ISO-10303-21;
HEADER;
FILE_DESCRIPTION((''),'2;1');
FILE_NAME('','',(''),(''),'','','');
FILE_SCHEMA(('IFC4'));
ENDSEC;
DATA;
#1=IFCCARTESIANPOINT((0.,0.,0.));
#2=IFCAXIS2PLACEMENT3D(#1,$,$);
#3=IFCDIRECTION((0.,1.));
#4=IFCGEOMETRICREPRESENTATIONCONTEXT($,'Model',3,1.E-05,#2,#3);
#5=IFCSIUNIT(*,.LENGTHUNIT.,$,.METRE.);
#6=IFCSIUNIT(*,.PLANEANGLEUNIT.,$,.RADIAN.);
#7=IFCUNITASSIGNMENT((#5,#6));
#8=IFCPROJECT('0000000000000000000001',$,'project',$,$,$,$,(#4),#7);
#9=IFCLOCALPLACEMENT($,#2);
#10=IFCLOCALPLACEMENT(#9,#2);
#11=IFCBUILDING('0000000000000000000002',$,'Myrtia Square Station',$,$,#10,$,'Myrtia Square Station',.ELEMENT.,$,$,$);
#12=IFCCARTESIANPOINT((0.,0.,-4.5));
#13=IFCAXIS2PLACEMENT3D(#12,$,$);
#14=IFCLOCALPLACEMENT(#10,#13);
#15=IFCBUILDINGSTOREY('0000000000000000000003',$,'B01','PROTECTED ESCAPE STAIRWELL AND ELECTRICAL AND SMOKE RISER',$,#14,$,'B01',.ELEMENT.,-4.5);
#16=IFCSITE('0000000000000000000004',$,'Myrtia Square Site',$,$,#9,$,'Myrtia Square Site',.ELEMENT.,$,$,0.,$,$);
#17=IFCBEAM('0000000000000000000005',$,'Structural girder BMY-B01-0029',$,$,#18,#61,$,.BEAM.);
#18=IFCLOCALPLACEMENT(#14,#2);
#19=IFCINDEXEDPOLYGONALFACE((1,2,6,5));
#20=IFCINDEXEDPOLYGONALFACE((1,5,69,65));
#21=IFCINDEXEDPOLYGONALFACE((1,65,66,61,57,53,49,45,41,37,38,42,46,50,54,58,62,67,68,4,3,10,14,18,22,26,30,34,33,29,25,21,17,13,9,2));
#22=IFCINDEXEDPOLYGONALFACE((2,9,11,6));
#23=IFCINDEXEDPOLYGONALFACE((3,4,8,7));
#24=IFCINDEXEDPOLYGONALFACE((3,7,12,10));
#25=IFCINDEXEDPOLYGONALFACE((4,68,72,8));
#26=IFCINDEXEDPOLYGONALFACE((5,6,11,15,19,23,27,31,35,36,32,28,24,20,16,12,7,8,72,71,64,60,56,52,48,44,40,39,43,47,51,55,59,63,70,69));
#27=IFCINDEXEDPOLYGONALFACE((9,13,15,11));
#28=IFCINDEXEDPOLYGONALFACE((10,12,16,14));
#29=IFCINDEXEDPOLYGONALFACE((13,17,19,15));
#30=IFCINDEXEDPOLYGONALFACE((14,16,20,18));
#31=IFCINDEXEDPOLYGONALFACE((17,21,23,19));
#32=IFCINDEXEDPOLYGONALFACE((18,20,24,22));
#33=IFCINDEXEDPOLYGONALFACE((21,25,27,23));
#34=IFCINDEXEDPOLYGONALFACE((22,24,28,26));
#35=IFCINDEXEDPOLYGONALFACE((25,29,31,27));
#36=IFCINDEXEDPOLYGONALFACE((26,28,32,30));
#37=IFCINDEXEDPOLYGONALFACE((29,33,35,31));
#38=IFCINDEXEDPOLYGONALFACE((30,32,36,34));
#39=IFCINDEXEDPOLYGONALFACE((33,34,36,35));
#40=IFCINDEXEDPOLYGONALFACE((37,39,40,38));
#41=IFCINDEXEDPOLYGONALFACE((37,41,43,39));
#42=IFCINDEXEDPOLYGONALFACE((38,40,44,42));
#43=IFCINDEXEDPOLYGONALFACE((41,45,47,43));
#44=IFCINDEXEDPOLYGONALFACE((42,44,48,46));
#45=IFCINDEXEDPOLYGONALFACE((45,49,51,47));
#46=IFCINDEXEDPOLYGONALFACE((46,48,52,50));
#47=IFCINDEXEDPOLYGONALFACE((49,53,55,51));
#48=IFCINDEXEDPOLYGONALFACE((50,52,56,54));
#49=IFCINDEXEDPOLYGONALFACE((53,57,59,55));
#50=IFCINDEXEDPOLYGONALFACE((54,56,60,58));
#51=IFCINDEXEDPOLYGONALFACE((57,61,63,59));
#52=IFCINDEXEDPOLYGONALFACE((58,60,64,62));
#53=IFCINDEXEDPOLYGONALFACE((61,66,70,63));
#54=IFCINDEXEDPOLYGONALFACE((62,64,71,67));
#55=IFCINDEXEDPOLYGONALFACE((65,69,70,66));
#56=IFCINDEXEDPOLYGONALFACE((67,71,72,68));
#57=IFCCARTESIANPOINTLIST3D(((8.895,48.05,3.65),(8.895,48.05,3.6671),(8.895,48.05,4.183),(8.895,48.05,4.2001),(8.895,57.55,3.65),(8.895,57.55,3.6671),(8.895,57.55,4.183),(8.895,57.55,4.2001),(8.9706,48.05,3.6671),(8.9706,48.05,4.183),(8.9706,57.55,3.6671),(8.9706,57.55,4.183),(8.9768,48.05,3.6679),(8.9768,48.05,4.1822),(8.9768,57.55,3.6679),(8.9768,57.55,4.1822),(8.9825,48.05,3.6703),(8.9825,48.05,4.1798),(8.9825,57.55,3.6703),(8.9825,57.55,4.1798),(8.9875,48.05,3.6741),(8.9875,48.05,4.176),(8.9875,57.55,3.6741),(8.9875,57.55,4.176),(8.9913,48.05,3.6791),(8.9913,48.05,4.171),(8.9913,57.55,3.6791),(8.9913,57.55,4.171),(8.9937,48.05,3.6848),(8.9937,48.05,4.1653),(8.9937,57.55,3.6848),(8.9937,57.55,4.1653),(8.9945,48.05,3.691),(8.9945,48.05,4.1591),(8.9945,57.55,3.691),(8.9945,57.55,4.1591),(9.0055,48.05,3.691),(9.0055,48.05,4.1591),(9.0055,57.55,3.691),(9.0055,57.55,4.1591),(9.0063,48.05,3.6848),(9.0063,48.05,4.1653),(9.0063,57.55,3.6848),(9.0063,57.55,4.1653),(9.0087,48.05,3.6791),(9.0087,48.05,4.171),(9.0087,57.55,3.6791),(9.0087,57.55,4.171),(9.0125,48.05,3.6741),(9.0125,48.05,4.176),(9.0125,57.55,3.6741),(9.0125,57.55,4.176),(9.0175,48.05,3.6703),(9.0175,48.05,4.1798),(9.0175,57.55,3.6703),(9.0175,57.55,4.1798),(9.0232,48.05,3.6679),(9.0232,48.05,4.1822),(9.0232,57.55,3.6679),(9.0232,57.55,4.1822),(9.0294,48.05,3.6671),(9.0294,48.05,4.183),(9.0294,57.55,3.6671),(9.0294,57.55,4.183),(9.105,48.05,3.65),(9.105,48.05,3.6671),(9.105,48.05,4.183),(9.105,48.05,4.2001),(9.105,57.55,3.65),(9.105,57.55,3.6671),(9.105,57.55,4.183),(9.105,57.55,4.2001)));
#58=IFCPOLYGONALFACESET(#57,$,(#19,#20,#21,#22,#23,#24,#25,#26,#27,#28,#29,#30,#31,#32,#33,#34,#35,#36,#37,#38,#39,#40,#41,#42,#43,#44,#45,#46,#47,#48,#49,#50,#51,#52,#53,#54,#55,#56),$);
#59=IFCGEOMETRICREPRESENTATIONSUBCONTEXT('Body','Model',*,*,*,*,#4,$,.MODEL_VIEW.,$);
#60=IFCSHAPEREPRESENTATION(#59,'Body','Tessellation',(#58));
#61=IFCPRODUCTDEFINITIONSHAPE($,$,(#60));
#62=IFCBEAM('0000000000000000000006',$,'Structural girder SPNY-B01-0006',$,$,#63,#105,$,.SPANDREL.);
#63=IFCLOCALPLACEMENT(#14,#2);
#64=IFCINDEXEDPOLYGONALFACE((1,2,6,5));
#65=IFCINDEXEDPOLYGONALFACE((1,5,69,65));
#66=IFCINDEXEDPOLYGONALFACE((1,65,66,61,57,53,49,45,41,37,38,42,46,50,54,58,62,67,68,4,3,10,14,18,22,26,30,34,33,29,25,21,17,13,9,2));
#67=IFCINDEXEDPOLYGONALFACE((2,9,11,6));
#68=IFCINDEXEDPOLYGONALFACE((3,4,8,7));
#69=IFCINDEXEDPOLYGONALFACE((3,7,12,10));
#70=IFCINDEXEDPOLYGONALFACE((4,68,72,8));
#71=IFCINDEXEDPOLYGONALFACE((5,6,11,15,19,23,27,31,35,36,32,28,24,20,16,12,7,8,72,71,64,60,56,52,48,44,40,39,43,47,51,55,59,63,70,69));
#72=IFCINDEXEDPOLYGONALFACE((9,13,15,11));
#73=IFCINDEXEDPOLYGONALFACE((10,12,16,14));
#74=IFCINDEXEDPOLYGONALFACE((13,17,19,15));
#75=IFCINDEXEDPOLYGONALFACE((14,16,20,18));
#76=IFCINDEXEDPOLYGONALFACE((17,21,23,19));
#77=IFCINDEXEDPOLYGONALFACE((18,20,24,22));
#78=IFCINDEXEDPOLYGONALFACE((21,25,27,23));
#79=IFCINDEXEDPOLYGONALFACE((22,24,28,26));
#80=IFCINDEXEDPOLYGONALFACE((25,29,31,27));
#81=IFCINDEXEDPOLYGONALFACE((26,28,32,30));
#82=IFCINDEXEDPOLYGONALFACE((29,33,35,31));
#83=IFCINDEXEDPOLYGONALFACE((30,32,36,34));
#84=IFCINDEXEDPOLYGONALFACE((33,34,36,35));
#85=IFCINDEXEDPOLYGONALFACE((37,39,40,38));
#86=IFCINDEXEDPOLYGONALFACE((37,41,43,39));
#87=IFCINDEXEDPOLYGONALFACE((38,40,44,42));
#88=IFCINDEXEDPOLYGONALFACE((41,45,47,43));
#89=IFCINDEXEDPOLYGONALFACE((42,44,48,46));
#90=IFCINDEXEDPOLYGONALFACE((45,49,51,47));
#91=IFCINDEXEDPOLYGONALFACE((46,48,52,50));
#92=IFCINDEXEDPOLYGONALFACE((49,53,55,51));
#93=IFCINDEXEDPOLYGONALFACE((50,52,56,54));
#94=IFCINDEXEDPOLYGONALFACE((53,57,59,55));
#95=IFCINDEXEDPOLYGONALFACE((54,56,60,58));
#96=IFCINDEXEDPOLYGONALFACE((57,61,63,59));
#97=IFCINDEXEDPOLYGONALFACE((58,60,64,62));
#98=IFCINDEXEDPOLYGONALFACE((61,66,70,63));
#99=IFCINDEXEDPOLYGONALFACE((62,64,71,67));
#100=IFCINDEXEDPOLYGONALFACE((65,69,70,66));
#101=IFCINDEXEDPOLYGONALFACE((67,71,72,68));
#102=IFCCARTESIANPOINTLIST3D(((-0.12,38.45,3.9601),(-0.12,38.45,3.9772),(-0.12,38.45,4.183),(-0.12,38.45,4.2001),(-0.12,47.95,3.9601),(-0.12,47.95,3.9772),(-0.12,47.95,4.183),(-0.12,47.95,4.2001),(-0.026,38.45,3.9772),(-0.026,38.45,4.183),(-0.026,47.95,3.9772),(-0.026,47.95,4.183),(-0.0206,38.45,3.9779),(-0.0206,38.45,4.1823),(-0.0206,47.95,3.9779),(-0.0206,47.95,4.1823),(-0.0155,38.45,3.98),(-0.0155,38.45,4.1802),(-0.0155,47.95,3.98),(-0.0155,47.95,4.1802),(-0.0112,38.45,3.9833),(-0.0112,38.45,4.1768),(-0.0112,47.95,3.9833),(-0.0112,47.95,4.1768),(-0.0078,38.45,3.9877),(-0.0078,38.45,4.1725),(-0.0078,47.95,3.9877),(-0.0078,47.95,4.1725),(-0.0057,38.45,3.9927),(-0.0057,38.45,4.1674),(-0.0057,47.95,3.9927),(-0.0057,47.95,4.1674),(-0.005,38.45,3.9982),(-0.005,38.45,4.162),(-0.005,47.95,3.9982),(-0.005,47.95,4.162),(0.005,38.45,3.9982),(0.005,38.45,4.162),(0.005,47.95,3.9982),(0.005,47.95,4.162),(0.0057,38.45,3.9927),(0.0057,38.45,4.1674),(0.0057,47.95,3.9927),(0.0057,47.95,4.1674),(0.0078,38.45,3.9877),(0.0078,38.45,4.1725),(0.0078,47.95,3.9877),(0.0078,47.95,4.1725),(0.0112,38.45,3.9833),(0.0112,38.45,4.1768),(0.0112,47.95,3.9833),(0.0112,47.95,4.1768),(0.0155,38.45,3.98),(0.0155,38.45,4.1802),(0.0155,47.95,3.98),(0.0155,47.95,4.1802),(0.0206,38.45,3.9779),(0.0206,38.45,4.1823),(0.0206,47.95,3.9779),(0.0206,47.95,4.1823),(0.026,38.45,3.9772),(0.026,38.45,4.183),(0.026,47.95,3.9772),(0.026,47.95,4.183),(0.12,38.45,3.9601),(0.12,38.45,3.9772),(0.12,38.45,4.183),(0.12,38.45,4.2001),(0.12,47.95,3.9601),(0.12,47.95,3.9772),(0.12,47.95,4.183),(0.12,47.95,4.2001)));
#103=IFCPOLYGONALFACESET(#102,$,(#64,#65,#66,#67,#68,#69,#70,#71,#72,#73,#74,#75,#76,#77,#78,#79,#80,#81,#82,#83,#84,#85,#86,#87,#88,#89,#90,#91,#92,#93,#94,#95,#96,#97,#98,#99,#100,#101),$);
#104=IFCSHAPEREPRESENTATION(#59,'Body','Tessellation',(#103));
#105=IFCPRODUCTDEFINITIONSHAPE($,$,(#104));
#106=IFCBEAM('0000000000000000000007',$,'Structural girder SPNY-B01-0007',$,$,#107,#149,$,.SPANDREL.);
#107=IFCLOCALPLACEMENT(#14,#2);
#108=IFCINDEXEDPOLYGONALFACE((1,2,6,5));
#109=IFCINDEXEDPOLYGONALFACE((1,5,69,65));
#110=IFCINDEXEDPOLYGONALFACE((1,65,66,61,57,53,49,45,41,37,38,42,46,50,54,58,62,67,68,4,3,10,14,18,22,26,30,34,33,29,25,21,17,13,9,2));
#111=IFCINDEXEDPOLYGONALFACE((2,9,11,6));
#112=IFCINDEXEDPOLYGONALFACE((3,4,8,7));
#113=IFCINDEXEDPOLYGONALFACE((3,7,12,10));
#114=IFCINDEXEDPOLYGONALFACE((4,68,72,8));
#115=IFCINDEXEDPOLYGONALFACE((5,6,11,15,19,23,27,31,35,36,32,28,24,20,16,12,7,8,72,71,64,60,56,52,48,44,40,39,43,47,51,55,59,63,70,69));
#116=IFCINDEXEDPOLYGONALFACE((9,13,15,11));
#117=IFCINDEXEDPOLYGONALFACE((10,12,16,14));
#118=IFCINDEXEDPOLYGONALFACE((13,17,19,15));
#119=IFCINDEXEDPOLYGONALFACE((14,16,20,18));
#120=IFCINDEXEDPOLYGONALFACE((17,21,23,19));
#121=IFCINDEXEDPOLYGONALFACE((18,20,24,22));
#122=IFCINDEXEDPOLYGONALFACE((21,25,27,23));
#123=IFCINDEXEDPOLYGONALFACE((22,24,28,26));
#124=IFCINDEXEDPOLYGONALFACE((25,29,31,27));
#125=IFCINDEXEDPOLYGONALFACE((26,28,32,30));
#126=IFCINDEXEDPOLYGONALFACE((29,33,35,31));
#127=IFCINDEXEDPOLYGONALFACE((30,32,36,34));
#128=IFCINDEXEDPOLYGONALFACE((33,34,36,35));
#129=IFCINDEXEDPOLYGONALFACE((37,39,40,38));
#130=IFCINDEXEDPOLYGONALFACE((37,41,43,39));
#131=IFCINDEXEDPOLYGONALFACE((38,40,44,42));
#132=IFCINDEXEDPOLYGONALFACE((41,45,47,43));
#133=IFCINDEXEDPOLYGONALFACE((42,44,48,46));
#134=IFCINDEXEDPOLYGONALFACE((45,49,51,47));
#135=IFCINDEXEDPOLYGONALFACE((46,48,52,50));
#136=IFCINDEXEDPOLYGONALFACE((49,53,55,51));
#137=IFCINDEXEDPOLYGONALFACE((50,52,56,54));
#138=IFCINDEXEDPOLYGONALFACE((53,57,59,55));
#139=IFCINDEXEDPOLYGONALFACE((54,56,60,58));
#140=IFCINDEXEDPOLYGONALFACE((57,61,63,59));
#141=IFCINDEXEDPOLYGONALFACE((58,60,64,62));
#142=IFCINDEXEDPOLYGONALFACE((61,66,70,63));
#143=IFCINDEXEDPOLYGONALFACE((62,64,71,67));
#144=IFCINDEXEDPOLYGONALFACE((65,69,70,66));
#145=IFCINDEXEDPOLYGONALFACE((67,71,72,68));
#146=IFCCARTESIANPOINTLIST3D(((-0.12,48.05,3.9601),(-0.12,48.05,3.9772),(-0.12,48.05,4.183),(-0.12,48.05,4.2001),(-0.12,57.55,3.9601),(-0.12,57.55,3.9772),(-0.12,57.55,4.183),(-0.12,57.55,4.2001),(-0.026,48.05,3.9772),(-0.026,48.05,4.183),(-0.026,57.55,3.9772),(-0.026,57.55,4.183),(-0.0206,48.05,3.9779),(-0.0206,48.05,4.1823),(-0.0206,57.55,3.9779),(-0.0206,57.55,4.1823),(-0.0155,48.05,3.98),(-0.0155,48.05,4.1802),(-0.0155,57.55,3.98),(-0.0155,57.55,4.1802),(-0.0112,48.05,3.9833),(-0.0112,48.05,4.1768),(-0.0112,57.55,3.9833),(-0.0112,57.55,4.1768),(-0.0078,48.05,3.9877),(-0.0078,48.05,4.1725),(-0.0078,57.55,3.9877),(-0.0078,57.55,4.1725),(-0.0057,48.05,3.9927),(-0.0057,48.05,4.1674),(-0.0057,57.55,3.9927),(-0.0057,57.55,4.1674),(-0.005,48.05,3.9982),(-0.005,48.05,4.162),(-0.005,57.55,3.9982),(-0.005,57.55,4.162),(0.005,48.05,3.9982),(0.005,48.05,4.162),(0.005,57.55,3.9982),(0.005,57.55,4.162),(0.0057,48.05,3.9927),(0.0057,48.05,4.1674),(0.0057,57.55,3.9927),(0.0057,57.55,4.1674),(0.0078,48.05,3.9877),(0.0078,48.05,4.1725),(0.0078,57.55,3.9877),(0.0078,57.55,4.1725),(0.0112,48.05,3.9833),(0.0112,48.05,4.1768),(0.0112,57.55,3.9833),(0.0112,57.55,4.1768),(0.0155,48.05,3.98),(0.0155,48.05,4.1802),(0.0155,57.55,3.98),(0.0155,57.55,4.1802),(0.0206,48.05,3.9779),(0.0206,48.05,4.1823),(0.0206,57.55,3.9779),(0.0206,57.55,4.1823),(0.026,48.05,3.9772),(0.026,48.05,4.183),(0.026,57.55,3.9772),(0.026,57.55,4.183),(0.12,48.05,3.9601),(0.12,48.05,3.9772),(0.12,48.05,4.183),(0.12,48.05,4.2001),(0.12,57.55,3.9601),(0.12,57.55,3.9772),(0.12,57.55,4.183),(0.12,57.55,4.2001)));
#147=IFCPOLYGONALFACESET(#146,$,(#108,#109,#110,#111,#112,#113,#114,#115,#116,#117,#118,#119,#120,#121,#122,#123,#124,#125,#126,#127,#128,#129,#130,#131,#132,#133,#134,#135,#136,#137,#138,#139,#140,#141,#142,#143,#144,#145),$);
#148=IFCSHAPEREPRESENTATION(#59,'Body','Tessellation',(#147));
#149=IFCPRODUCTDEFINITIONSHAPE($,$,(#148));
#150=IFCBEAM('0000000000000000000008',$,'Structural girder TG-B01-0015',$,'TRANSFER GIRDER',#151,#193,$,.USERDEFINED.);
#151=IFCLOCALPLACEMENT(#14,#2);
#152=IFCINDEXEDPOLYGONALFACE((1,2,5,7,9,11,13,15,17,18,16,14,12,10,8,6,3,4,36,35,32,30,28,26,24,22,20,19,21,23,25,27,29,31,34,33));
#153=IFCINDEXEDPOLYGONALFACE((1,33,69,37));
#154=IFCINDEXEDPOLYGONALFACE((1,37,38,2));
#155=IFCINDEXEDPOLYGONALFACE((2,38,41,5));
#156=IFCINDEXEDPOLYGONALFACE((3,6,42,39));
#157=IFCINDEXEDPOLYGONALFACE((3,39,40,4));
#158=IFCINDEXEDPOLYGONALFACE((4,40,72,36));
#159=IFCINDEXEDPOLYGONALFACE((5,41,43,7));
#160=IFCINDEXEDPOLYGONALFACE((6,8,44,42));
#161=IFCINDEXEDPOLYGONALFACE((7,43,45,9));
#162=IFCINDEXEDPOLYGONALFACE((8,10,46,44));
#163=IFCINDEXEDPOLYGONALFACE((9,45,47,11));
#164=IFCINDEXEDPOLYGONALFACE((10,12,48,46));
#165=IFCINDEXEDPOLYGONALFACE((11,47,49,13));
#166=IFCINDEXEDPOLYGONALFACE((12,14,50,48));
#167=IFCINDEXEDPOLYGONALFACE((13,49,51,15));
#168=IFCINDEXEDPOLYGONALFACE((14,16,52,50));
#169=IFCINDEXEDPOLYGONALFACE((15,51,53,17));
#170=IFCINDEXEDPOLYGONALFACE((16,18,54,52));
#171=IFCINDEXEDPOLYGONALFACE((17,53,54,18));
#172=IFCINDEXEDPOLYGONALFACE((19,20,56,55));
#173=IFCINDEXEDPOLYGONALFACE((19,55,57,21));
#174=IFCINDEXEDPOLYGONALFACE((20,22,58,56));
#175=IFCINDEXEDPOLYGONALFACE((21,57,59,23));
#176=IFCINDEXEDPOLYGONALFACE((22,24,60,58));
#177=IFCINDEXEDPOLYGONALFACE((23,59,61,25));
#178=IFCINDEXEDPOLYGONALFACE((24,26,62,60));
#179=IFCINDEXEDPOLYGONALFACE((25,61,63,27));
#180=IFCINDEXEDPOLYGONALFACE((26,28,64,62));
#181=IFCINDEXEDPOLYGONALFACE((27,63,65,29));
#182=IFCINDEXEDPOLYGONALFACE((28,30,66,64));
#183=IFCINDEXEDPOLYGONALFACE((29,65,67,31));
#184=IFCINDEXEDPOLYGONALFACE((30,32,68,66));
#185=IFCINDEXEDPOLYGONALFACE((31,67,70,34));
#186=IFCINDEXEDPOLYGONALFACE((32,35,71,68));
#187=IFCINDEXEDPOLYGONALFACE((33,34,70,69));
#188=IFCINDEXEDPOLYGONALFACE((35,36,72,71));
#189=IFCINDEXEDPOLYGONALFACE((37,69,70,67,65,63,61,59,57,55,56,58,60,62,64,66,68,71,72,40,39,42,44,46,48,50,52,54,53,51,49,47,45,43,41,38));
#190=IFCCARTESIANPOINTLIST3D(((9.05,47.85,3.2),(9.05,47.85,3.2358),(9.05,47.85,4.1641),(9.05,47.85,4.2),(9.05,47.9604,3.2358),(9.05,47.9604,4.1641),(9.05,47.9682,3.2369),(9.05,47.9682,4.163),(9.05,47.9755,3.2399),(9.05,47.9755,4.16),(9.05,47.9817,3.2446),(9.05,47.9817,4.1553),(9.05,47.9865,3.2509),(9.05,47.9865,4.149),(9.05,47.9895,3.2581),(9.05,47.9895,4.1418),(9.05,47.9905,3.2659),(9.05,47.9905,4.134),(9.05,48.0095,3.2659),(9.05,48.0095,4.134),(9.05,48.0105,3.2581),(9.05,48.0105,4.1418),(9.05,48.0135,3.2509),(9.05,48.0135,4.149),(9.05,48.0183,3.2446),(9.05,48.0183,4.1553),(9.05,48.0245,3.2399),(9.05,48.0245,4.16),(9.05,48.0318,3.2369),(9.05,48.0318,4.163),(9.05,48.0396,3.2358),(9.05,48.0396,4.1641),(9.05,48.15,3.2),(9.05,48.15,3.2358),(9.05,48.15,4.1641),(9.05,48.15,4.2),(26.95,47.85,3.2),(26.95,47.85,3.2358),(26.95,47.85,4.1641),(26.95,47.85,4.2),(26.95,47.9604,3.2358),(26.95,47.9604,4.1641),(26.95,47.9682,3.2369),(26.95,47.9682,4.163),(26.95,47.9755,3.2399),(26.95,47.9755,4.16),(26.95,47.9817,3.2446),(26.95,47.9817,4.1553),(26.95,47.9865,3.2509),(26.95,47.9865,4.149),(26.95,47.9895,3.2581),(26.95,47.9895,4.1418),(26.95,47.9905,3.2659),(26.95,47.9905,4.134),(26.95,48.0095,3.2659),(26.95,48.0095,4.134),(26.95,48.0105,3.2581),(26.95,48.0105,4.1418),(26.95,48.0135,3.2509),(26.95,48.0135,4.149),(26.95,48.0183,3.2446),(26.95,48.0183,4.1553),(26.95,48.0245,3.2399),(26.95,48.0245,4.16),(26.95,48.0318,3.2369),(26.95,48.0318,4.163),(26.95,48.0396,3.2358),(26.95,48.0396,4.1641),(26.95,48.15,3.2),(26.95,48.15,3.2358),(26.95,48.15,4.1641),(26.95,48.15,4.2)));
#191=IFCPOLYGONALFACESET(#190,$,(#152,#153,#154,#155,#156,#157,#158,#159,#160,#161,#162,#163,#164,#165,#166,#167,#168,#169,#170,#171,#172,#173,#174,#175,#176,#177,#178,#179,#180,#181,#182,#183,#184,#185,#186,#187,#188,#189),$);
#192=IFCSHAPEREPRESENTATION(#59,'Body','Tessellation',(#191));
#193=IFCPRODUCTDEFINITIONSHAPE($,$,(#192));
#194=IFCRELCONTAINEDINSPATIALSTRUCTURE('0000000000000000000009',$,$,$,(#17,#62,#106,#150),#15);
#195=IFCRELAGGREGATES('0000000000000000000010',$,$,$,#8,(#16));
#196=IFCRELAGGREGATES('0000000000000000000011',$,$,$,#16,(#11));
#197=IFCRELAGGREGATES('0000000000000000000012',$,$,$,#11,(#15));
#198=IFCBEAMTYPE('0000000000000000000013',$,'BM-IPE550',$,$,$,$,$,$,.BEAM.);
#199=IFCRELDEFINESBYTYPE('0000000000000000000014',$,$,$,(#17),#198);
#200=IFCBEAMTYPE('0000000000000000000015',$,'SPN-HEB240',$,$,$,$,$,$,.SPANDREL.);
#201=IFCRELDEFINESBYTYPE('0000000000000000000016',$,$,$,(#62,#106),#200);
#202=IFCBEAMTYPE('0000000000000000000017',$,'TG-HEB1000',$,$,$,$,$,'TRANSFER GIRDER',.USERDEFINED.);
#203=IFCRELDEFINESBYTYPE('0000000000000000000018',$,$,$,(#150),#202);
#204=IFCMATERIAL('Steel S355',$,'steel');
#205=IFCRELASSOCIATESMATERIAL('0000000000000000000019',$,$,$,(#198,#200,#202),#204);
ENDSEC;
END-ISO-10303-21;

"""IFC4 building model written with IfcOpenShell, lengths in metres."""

from ifc_helpers import new_model, si_unit, direction, frame, origin, origin_2d, place, context, subcontext, project, spatial, i_section, extrude, material, material_profile, profile_set, type_object, element, save


model = new_model("IFC4")

# Units and contexts
model_context = context("Model", 3, precision=1e-05, world=origin(), true_north=direction((0.0, 1.0)))
body_context = subcontext(model_context, "Body", "Model", "MODEL_VIEW")
ifc_project = project(units=[si_unit("LENGTHUNIT", "METRE"), si_unit("PLANEANGLEUNIT", "RADIAN")], contexts=[model_context])

# Site, building, storey
site_placement = place(None, origin())
site = spatial("IfcSite", under=ifc_project, at=site_placement, Name="Myrtia Square Site", LongName="Myrtia Square Site", CompositionType="ELEMENT", RefElevation=0.0)
building_placement = place(site_placement, origin())
building = spatial("IfcBuilding", under=site, at=building_placement, Name="Myrtia Square Station", LongName="Myrtia Square Station", CompositionType="ELEMENT")
storey_placement = place(building_placement, frame((0.0, 0.0, -4.5)))
storey = spatial("IfcBuildingStorey", under=building, at=storey_placement, Name="B01", Description="PROTECTED ESCAPE STAIRWELL AND ELECTRICAL AND SMOKE RISER", LongName="B01", CompositionType="ELEMENT", Elevation=-4.5)

# Shared definitions
ifc_material_1 = material(Name="Steel S355", Category="steel")

# Beams
ifc_material_profile_1 = material_profile(ifc_material_1, i_section(OverallWidth=0.21, OverallDepth=0.55, WebThickness=0.011, FlangeThickness=0.0171, FilletRadius=0.0239, at=origin_2d()), Name="IPE 550")
ifc_profile_set_1 = profile_set([ifc_material_profile_1], Name="Steel S355")
beam_type_1 = type_object("IfcBeamType", Name="BM-IPE550", PredefinedType="BEAM", material=ifc_profile_set_1)
for number, where, z_axis, x_axis, name in (
    (1, (9.0, 48.05, 3.925), (0.0, 1.0, 0.0), (-1.0, 0.0, 0.0), "Structural girder BMY-B01-0029"),
):
    element("IfcBeam", number, at=place(storey_placement, frame(where, z_axis=z_axis, x_axis=x_axis)), inside=storey, type_object=beam_type_1, Name=name, PredefinedType="BEAM", context=body_context, shape_type="SweptSolid", body=[
        extrude(i_section(OverallWidth=0.21, OverallDepth=0.55, WebThickness=0.011, FlangeThickness=0.0171, FilletRadius=0.0239, at=origin_2d()), origin(), (0.0, 0.0, 1.0), 9.5),
    ])
ifc_material_profile_2 = material_profile(ifc_material_1, i_section(OverallWidth=0.24, OverallDepth=0.24, WebThickness=0.01, FlangeThickness=0.0171, FilletRadius=0.021, at=origin_2d()), Name="HEB 240")
ifc_profile_set_2 = profile_set([ifc_material_profile_2], Name="Steel S355")
beam_type_2 = type_object("IfcBeamType", Name="SPN-HEB240", PredefinedType="SPANDREL", material=ifc_profile_set_2)
for number, where, z_axis, x_axis, name in (
    (2, (0.0, 38.45, 4.0801), (0.0, 1.0, 0.0), (-1.0, 0.0, 0.0), "Structural girder SPNY-B01-0006"),
    (3, (0.0, 48.05, 4.0801), (0.0, 1.0, 0.0), (-1.0, 0.0, 0.0), "Structural girder SPNY-B01-0007"),
):
    element("IfcBeam", number, at=place(storey_placement, frame(where, z_axis=z_axis, x_axis=x_axis)), inside=storey, type_object=beam_type_2, Name=name, PredefinedType="SPANDREL", context=body_context, shape_type="SweptSolid", body=[
        extrude(i_section(OverallWidth=0.24, OverallDepth=0.24, WebThickness=0.01, FlangeThickness=0.0171, FilletRadius=0.021, at=origin_2d()), origin(), (0.0, 0.0, 1.0), 9.5),
    ])
ifc_material_profile_3 = material_profile(ifc_material_1, i_section(OverallWidth=0.3, OverallDepth=1.0, WebThickness=0.019, FlangeThickness=0.0359, FilletRadius=0.03, at=origin_2d()), Name="HEB 1000")
ifc_profile_set_3 = profile_set([ifc_material_profile_3], Name="Steel S355")
beam_type_3 = type_object("IfcBeamType", Name="TG-HEB1000", ElementType="TRANSFER GIRDER", PredefinedType="USERDEFINED", material=ifc_profile_set_3)
for number, where, z_axis, x_axis, name in (
    (4, (9.05, 48.0, 3.7), (1.0, 0.0, 0.0), (0.0, 1.0, 0.0), "Structural girder TG-B01-0015"),
):
    element("IfcBeam", number, at=place(storey_placement, frame(where, z_axis=z_axis, x_axis=x_axis)), inside=storey, type_object=beam_type_3, Name=name, ObjectType="TRANSFER GIRDER", PredefinedType="USERDEFINED", context=body_context, shape_type="SweptSolid", body=[
        extrude(i_section(OverallWidth=0.3, OverallDepth=1.0, WebThickness=0.019, FlangeThickness=0.0359, FilletRadius=0.03, at=origin_2d()), origin(), (0.0, 0.0, 1.0), 17.8999),
    ])

save(model, "model.ifc")
